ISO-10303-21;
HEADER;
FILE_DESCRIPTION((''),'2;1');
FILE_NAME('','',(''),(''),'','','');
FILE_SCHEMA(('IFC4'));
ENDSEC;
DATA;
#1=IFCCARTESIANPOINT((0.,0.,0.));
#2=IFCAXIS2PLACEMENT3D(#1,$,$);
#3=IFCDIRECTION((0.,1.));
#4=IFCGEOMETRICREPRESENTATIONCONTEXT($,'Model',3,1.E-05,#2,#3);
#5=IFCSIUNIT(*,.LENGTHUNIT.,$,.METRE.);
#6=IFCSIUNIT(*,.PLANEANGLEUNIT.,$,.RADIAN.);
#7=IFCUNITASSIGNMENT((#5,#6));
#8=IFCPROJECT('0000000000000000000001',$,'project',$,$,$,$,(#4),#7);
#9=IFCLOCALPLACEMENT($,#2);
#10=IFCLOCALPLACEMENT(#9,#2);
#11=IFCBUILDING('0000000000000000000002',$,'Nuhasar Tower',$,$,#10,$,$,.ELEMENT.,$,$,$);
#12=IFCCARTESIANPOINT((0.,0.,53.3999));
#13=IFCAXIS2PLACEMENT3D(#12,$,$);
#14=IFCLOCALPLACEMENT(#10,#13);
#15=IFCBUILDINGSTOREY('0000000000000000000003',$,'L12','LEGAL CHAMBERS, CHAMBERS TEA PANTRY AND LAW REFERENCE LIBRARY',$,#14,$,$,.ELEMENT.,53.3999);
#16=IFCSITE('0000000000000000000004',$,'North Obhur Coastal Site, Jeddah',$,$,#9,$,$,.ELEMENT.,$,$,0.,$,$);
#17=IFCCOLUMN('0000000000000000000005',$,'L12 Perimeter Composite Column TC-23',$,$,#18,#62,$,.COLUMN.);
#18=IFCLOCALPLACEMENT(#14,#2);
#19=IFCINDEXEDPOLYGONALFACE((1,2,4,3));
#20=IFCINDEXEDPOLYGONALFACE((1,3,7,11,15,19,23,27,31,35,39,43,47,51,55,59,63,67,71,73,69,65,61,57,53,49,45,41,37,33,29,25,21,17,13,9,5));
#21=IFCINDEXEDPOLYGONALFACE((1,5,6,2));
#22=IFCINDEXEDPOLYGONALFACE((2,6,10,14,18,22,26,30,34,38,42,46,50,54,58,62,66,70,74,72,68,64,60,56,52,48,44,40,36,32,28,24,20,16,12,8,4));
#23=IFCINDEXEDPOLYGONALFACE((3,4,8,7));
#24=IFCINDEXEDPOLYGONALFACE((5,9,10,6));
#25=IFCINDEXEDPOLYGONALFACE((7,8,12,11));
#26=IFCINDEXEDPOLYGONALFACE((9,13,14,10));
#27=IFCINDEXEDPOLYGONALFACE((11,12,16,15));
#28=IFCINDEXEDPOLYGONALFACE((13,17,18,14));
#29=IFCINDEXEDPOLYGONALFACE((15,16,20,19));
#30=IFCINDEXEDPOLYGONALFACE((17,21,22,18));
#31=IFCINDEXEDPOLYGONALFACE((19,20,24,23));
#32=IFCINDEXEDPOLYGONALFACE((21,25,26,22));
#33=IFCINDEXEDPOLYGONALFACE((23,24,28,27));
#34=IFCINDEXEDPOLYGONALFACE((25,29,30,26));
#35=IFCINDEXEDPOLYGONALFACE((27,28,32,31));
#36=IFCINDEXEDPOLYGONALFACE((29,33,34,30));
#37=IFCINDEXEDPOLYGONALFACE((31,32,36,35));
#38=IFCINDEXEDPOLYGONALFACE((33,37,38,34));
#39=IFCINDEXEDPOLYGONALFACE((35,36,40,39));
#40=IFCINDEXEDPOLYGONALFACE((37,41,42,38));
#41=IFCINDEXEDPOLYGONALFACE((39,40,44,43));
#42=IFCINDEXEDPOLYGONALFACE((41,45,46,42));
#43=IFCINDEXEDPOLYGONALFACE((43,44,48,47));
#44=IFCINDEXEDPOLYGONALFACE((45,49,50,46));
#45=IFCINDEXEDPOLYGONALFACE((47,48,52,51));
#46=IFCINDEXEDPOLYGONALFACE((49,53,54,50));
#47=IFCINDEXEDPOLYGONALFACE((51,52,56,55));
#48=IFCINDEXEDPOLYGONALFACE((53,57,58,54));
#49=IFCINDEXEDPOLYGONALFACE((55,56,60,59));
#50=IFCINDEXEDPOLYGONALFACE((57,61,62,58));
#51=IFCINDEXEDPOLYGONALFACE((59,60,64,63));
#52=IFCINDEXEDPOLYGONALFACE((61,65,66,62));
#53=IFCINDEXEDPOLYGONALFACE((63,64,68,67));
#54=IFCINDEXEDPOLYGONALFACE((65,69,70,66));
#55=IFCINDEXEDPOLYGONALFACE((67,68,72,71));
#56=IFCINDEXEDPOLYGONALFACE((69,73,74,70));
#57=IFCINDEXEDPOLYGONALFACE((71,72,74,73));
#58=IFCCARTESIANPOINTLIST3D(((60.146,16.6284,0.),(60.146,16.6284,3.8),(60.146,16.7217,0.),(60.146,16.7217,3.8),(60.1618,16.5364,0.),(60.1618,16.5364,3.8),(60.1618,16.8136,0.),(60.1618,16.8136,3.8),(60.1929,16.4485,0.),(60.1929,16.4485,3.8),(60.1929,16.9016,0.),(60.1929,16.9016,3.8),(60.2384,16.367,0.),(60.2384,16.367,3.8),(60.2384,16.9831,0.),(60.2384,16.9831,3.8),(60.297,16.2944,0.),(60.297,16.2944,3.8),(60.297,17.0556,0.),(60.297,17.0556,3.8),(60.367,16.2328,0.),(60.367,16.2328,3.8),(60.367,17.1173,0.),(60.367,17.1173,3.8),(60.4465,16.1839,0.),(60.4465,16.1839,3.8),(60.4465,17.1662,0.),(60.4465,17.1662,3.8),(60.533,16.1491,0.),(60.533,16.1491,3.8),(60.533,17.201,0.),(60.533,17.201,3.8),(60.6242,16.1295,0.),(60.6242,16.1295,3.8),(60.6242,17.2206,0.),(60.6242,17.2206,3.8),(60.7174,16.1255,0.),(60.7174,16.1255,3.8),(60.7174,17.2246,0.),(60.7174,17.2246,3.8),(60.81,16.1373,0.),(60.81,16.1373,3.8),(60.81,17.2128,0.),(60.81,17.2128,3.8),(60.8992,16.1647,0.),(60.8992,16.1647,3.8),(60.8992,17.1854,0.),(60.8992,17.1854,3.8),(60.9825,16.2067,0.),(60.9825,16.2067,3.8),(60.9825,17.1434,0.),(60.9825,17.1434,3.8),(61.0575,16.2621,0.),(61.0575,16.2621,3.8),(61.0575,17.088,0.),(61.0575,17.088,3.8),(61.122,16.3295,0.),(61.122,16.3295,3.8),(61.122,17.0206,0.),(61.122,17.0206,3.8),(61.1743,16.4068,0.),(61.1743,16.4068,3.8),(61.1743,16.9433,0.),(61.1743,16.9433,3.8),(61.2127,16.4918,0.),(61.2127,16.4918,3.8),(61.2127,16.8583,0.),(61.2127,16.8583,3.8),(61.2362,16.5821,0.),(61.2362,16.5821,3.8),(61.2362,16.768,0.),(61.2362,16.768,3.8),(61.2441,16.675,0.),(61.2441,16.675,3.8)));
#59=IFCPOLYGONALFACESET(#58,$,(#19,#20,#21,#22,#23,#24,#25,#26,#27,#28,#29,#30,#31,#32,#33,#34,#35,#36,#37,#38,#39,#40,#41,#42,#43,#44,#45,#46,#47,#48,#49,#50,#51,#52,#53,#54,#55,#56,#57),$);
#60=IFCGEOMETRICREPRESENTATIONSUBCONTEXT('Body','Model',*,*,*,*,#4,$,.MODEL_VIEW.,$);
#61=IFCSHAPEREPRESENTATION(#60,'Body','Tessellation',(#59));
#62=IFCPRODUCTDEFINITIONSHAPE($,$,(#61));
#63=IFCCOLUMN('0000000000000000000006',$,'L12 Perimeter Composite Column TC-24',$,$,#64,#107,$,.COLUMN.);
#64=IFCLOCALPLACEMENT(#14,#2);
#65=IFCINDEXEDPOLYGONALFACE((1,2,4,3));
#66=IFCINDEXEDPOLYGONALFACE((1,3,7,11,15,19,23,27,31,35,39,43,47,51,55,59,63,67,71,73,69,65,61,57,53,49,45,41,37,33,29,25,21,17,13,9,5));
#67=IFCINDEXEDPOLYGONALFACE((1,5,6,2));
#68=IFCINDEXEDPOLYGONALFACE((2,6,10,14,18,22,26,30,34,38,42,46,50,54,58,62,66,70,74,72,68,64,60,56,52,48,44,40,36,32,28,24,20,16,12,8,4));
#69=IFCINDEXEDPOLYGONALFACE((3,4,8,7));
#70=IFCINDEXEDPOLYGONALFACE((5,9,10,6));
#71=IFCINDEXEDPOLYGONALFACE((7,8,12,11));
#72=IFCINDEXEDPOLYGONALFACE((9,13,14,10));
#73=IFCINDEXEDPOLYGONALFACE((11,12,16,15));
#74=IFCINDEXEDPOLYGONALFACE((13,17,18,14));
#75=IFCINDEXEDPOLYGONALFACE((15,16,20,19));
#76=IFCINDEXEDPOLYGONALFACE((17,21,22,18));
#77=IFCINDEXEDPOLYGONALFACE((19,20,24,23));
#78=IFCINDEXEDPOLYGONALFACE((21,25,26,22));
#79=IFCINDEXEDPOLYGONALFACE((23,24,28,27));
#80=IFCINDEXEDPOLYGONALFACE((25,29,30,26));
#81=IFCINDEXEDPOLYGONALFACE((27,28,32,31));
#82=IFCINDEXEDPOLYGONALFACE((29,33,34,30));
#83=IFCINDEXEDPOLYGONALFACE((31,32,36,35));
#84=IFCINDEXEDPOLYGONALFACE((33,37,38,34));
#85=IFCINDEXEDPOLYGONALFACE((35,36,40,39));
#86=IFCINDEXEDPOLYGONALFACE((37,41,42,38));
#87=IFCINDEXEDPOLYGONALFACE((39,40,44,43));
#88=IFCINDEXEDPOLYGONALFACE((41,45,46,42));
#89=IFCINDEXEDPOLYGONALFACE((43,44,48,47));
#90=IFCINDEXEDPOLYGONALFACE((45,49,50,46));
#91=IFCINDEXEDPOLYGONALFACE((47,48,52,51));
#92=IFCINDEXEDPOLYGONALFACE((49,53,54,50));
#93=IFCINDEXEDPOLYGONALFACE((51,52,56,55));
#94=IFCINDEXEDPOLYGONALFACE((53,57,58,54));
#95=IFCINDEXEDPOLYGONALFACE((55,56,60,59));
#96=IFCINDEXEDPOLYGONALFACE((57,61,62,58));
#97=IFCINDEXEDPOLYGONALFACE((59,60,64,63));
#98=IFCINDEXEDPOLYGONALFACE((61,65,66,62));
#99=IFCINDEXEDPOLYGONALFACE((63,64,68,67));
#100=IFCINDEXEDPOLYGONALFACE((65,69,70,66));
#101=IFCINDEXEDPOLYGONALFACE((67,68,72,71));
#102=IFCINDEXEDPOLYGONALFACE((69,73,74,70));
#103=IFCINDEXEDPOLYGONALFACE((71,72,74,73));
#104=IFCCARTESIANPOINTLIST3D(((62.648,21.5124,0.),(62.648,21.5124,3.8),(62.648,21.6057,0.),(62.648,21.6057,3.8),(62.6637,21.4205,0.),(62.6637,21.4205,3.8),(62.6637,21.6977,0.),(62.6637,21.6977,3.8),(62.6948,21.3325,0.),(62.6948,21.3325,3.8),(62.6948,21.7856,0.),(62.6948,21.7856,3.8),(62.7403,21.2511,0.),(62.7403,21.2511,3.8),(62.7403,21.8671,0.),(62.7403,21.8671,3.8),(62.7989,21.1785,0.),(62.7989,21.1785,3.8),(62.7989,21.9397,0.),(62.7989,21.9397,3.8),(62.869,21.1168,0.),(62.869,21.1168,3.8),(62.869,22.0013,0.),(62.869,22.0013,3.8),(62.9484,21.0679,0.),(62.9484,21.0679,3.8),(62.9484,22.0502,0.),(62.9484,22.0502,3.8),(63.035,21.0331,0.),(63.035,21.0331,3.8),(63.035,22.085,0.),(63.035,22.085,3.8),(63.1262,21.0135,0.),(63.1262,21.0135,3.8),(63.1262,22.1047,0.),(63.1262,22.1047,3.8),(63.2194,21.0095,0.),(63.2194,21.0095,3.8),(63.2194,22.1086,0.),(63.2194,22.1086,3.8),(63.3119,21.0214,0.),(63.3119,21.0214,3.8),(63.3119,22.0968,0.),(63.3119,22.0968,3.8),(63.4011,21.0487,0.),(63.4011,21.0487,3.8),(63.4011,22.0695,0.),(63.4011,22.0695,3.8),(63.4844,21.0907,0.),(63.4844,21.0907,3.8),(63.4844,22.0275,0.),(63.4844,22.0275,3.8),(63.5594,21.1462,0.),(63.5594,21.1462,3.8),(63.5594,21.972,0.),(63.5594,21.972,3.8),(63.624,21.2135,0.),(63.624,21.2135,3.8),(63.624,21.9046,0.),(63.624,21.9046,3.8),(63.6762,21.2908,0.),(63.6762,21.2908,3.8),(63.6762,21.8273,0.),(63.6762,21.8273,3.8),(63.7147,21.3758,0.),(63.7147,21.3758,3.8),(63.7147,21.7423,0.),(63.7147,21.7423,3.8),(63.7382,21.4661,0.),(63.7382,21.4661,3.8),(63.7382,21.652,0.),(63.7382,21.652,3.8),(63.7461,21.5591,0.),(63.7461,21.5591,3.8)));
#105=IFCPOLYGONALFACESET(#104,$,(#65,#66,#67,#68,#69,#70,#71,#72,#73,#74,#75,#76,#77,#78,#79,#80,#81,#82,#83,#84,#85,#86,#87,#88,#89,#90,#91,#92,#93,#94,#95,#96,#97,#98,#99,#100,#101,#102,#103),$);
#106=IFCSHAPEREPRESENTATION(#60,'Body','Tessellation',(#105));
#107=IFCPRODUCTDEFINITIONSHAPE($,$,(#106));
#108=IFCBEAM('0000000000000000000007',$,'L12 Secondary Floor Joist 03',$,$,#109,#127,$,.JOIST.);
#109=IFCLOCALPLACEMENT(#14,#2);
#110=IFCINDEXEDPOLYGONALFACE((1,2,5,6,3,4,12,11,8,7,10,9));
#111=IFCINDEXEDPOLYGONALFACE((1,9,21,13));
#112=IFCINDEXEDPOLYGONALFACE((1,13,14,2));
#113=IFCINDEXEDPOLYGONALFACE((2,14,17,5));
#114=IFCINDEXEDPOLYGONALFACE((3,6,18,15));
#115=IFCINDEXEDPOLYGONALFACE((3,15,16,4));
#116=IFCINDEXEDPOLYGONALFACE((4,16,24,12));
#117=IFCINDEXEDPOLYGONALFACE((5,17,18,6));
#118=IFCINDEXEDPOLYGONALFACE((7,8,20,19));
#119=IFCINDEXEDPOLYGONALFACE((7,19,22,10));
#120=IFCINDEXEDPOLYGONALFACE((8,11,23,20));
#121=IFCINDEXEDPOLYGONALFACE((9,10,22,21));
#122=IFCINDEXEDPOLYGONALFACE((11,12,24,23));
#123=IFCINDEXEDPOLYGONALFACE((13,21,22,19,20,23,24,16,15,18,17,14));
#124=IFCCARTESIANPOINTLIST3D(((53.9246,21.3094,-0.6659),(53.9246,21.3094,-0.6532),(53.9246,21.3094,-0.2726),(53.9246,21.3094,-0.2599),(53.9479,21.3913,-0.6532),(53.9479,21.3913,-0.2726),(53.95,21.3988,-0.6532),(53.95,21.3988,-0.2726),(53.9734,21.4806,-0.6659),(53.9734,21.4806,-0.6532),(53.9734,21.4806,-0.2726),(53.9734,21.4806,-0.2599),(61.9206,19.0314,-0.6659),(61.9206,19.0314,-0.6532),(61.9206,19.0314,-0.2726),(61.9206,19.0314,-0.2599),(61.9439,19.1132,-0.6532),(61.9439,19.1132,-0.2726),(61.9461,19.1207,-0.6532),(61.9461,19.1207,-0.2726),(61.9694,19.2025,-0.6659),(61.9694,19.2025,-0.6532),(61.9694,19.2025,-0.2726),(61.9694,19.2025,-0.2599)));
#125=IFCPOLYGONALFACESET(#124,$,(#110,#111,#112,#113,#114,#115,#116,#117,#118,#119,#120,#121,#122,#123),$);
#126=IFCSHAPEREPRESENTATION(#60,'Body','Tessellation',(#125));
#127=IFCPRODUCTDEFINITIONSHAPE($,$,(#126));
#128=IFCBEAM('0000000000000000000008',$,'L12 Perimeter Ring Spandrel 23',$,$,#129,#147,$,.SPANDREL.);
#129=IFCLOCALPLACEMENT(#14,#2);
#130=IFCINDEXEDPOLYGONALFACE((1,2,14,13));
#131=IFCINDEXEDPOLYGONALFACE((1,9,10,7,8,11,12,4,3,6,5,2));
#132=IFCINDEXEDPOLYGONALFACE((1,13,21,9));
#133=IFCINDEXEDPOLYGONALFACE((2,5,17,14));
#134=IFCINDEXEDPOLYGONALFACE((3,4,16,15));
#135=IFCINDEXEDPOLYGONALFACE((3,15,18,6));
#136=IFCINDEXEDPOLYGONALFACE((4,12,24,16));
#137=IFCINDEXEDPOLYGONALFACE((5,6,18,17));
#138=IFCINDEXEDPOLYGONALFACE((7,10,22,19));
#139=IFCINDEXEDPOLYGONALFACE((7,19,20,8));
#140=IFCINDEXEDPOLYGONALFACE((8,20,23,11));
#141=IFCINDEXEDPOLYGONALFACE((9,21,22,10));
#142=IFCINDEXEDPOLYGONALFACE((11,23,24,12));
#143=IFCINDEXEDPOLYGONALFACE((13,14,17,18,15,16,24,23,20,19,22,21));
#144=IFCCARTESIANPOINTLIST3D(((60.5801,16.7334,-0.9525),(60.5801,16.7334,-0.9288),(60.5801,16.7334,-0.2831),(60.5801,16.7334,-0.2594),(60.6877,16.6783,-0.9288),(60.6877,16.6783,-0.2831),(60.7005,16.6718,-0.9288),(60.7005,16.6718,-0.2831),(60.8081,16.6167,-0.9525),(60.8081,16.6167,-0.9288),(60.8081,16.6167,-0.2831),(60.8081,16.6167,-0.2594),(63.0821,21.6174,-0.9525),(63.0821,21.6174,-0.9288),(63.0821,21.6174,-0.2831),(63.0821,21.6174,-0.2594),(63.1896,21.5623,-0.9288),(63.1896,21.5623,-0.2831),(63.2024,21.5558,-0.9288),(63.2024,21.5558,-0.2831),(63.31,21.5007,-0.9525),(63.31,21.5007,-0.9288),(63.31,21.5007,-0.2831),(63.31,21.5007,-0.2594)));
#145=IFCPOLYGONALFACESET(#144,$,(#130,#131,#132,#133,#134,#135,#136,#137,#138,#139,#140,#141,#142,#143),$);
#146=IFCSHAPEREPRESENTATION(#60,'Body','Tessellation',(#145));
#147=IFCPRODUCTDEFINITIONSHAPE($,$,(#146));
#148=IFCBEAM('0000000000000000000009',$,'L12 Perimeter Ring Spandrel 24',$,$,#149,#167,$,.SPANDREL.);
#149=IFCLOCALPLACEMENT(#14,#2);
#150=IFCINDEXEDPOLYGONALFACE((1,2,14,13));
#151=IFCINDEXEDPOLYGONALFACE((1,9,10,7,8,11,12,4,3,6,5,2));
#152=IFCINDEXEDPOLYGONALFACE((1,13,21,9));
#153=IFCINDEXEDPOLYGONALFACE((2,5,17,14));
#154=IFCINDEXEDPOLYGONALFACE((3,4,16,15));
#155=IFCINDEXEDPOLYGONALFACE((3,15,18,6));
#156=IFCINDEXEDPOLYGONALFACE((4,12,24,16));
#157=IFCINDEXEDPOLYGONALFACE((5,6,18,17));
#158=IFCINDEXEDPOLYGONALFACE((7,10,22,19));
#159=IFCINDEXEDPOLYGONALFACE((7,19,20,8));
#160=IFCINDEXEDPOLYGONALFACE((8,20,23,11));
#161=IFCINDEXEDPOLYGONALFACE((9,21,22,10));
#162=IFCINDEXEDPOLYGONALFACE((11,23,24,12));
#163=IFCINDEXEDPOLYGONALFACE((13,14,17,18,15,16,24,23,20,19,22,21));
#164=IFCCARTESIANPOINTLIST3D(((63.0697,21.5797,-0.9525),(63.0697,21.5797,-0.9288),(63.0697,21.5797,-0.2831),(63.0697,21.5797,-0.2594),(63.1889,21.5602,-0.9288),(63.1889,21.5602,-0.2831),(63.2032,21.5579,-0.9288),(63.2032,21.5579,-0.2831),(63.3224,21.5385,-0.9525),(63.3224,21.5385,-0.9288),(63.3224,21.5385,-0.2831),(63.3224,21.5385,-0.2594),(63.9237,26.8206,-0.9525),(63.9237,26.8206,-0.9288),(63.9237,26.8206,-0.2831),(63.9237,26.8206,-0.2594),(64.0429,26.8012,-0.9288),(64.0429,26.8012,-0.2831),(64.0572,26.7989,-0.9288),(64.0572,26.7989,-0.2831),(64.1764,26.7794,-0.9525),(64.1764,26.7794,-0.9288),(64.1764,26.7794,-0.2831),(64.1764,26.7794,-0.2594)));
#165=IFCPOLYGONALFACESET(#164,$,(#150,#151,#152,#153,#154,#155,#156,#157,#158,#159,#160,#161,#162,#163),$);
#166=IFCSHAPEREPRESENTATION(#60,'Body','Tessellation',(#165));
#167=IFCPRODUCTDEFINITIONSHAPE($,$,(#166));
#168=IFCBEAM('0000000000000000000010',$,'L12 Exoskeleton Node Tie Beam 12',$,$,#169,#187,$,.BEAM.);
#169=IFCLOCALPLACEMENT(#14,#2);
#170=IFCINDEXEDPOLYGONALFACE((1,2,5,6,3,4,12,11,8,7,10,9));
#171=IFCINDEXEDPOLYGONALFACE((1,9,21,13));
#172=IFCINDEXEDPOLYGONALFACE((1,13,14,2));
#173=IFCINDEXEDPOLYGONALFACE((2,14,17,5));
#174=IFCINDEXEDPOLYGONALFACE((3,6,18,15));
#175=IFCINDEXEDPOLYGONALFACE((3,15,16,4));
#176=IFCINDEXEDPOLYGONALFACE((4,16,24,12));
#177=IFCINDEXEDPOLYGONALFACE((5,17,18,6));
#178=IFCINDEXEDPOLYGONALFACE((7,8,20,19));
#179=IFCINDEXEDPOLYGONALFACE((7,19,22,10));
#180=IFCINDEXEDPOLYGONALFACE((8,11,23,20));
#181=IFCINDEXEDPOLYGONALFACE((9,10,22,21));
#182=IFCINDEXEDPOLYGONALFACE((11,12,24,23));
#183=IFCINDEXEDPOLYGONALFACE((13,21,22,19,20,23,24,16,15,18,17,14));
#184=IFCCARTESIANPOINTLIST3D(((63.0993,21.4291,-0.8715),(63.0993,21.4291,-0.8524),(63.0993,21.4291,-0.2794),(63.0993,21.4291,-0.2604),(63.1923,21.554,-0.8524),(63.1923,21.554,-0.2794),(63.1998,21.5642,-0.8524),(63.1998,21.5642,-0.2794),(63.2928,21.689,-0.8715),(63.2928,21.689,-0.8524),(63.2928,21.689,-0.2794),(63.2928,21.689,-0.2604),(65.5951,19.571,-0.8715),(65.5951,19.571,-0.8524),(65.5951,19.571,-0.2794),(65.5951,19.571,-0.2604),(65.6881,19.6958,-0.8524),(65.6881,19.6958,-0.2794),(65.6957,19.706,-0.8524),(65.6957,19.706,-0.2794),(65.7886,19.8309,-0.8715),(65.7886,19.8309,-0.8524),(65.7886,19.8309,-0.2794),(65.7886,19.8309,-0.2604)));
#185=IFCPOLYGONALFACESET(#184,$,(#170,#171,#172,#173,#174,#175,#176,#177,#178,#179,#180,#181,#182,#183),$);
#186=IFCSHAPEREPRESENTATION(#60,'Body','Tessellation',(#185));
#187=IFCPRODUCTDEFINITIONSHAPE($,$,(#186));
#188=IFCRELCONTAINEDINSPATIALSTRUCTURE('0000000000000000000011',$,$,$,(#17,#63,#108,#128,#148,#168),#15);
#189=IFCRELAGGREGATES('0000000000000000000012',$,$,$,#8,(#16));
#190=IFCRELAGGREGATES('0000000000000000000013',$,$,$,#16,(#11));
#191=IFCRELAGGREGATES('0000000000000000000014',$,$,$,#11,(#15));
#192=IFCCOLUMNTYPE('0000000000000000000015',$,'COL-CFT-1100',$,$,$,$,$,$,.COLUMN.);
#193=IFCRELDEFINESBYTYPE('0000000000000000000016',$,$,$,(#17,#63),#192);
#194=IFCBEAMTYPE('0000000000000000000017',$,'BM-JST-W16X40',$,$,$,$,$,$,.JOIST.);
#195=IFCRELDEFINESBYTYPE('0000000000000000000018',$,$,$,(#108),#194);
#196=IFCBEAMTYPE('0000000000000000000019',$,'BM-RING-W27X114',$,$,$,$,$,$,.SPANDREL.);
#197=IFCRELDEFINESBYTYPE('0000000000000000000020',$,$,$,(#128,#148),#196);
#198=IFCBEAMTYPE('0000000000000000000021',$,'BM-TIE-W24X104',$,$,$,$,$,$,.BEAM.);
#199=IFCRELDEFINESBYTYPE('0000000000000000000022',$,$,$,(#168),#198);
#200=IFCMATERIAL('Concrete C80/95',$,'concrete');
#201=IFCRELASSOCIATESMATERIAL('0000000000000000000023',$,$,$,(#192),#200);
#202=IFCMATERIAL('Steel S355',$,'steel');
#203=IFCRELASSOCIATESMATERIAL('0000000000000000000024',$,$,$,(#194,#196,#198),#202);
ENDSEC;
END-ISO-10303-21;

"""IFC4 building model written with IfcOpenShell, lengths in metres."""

from ifc_helpers import new_model, si_unit, direction, frame, origin, origin_2d, place, context, subcontext, project, spatial, circle, i_section, extrude, material, material_profile, profile_set, type_object, element, save


model = new_model("IFC4")

# Units and contexts
model_context = context("Model", 3, precision=1e-05, world=origin(), true_north=direction((0.0, 1.0)))
body_context = subcontext(model_context, "Body", "Model", "MODEL_VIEW")
ifc_project = project(units=[si_unit("LENGTHUNIT", "METRE"), si_unit("PLANEANGLEUNIT", "RADIAN")], contexts=[model_context])

# Site, building, storey
site_placement = place(None, origin())
site = spatial("IfcSite", under=ifc_project, at=site_placement, Name="North Obhur Coastal Site, Jeddah", CompositionType="ELEMENT", RefElevation=0.0)
building_placement = place(site_placement, origin())
building = spatial("IfcBuilding", under=site, at=building_placement, Name="Nuhasar Tower", CompositionType="ELEMENT")
storey_placement = place(building_placement, frame((0.0, 0.0, 53.3999)))
storey = spatial("IfcBuildingStorey", under=building, at=storey_placement, Name="L12", Description="LEGAL CHAMBERS, CHAMBERS TEA PANTRY AND LAW REFERENCE LIBRARY", CompositionType="ELEMENT", Elevation=53.3999)

# Columns
ifc_material_1 = material(Name="Concrete C80/95", Category="concrete")
ifc_material_profile_1 = material_profile(ifc_material_1, circle(Radius=0.55, at=origin_2d()), Name="CFT1100")
ifc_profile_set_1 = profile_set([ifc_material_profile_1], Name="Concrete C80/95")
column_type = type_object("IfcColumnType", Name="COL-CFT-1100", PredefinedType="COLUMN", material=ifc_profile_set_1)
for number, where, z_axis, x_axis, name in (
    (1, (60.6941, 16.675, 0.0), (0.0, 0.0, 1.0), (1.0, 0.0, 0.0), "L12 Perimeter Composite Column TC-23"),
    (2, (63.196, 21.5591, 0.0), (0.0, 0.0, 1.0), (1.0, 0.0, 0.0), "L12 Perimeter Composite Column TC-24"),
):
    element("IfcColumn", number, at=place(storey_placement, frame(where, z_axis=z_axis, x_axis=x_axis)), inside=storey, type_object=column_type, Name=name, PredefinedType="COLUMN", context=body_context, shape_type="SweptSolid", body=[
        extrude(circle(Radius=0.55, at=origin_2d()), origin(), (0.0, 0.0, 1.0), 3.8),
    ])

# Beams
ifc_material_2 = material(Name="Steel S355", Category="steel")
ifc_material_profile_2 = material_profile(ifc_material_2, i_section(OverallWidth=0.178, OverallDepth=0.406, WebThickness=0.0078, FlangeThickness=0.0127, at=origin_2d()), Name="W16X40")
ifc_profile_set_2 = profile_set([ifc_material_profile_2], Name="Steel S355")
beam_type_1 = type_object("IfcBeamType", Name="BM-JST-W16X40", PredefinedType="JOIST", material=ifc_profile_set_2)
beam_1_placement = place(storey_placement, frame((53.949, 21.395, -0.4629), z_axis=(0.961731, -0.273996, 0.0), x_axis=(0.273996, 0.961731, 0.0)))
element("IfcBeam", 3, at=beam_1_placement, inside=storey, type_object=beam_type_1, Name="L12 Secondary Floor Joist 03", PredefinedType="JOIST", context=body_context, shape_type="SweptSolid", body=[
    extrude(i_section(OverallWidth=0.178, OverallDepth=0.406, WebThickness=0.0078, FlangeThickness=0.0127, at=origin_2d()), origin(), (0.0, 0.0, 1.0), 8.3142),
])
ifc_material_profile_3 = material_profile(ifc_material_2, i_section(OverallWidth=0.2561, OverallDepth=0.6931, WebThickness=0.0144, FlangeThickness=0.0237, at=origin_2d()), Name="W27X114")
ifc_profile_set_3 = profile_set([ifc_material_profile_3], Name="Steel S355")
beam_type_2 = type_object("IfcBeamType", Name="BM-RING-W27X114", PredefinedType="SPANDREL", material=ifc_profile_set_3)
beam_2_placement = place(storey_placement, frame((60.6941, 16.675, -0.606), z_axis=(0.45593, 0.890016, 0.0), x_axis=(-0.890016, 0.45593, 0.0)))
element("IfcBeam", 4, at=beam_2_placement, inside=storey, type_object=beam_type_2, Name="L12 Perimeter Ring Spandrel 23", PredefinedType="SPANDREL", context=body_context, shape_type="SweptSolid", body=[
    extrude(i_section(OverallWidth=0.2561, OverallDepth=0.6931, WebThickness=0.0144, FlangeThickness=0.0237, at=origin_2d()), origin(), (0.0, 0.0, 1.0), 5.4875),
])
beam_3_placement = place(storey_placement, frame((63.196, 21.5591, -0.606), z_axis=(0.160827, 0.986983, 0.0), x_axis=(-0.986983, 0.160827, 0.0)))
element("IfcBeam", 5, at=beam_3_placement, inside=storey, type_object=beam_type_2, Name="L12 Perimeter Ring Spandrel 24", PredefinedType="SPANDREL", context=body_context, shape_type="SweptSolid", body=[
    extrude(i_section(OverallWidth=0.2561, OverallDepth=0.6931, WebThickness=0.0144, FlangeThickness=0.0237, at=origin_2d()), origin(), (0.0, 0.0, 1.0), 5.3101),
])
ifc_material_profile_4 = material_profile(ifc_material_2, i_section(OverallWidth=0.324, OverallDepth=0.6111, WebThickness=0.0127, FlangeThickness=0.019, at=origin_2d()), Name="W24X104")
ifc_profile_set_4 = profile_set([ifc_material_profile_4], Name="Steel S355")
beam_type_3 = type_object("IfcBeamType", Name="BM-TIE-W24X104", PredefinedType="BEAM", material=ifc_profile_set_4)
beam_4_placement = place(storey_placement, frame((63.196, 21.5591, -0.5659), z_axis=(0.802113, -0.597172, 0.0), x_axis=(0.597172, 0.802113, 0.0)))
element("IfcBeam", 6, at=beam_4_placement, inside=storey, type_object=beam_type_3, Name="L12 Exoskeleton Node Tie Beam 12", PredefinedType="BEAM", context=body_context, shape_type="SweptSolid", body=[
    extrude(i_section(OverallWidth=0.324, OverallDepth=0.6111, WebThickness=0.0127, FlangeThickness=0.019, at=origin_2d()), origin(), (0.0, 0.0, 1.0), 3.1116),
])

save(model, "model.ifc")
